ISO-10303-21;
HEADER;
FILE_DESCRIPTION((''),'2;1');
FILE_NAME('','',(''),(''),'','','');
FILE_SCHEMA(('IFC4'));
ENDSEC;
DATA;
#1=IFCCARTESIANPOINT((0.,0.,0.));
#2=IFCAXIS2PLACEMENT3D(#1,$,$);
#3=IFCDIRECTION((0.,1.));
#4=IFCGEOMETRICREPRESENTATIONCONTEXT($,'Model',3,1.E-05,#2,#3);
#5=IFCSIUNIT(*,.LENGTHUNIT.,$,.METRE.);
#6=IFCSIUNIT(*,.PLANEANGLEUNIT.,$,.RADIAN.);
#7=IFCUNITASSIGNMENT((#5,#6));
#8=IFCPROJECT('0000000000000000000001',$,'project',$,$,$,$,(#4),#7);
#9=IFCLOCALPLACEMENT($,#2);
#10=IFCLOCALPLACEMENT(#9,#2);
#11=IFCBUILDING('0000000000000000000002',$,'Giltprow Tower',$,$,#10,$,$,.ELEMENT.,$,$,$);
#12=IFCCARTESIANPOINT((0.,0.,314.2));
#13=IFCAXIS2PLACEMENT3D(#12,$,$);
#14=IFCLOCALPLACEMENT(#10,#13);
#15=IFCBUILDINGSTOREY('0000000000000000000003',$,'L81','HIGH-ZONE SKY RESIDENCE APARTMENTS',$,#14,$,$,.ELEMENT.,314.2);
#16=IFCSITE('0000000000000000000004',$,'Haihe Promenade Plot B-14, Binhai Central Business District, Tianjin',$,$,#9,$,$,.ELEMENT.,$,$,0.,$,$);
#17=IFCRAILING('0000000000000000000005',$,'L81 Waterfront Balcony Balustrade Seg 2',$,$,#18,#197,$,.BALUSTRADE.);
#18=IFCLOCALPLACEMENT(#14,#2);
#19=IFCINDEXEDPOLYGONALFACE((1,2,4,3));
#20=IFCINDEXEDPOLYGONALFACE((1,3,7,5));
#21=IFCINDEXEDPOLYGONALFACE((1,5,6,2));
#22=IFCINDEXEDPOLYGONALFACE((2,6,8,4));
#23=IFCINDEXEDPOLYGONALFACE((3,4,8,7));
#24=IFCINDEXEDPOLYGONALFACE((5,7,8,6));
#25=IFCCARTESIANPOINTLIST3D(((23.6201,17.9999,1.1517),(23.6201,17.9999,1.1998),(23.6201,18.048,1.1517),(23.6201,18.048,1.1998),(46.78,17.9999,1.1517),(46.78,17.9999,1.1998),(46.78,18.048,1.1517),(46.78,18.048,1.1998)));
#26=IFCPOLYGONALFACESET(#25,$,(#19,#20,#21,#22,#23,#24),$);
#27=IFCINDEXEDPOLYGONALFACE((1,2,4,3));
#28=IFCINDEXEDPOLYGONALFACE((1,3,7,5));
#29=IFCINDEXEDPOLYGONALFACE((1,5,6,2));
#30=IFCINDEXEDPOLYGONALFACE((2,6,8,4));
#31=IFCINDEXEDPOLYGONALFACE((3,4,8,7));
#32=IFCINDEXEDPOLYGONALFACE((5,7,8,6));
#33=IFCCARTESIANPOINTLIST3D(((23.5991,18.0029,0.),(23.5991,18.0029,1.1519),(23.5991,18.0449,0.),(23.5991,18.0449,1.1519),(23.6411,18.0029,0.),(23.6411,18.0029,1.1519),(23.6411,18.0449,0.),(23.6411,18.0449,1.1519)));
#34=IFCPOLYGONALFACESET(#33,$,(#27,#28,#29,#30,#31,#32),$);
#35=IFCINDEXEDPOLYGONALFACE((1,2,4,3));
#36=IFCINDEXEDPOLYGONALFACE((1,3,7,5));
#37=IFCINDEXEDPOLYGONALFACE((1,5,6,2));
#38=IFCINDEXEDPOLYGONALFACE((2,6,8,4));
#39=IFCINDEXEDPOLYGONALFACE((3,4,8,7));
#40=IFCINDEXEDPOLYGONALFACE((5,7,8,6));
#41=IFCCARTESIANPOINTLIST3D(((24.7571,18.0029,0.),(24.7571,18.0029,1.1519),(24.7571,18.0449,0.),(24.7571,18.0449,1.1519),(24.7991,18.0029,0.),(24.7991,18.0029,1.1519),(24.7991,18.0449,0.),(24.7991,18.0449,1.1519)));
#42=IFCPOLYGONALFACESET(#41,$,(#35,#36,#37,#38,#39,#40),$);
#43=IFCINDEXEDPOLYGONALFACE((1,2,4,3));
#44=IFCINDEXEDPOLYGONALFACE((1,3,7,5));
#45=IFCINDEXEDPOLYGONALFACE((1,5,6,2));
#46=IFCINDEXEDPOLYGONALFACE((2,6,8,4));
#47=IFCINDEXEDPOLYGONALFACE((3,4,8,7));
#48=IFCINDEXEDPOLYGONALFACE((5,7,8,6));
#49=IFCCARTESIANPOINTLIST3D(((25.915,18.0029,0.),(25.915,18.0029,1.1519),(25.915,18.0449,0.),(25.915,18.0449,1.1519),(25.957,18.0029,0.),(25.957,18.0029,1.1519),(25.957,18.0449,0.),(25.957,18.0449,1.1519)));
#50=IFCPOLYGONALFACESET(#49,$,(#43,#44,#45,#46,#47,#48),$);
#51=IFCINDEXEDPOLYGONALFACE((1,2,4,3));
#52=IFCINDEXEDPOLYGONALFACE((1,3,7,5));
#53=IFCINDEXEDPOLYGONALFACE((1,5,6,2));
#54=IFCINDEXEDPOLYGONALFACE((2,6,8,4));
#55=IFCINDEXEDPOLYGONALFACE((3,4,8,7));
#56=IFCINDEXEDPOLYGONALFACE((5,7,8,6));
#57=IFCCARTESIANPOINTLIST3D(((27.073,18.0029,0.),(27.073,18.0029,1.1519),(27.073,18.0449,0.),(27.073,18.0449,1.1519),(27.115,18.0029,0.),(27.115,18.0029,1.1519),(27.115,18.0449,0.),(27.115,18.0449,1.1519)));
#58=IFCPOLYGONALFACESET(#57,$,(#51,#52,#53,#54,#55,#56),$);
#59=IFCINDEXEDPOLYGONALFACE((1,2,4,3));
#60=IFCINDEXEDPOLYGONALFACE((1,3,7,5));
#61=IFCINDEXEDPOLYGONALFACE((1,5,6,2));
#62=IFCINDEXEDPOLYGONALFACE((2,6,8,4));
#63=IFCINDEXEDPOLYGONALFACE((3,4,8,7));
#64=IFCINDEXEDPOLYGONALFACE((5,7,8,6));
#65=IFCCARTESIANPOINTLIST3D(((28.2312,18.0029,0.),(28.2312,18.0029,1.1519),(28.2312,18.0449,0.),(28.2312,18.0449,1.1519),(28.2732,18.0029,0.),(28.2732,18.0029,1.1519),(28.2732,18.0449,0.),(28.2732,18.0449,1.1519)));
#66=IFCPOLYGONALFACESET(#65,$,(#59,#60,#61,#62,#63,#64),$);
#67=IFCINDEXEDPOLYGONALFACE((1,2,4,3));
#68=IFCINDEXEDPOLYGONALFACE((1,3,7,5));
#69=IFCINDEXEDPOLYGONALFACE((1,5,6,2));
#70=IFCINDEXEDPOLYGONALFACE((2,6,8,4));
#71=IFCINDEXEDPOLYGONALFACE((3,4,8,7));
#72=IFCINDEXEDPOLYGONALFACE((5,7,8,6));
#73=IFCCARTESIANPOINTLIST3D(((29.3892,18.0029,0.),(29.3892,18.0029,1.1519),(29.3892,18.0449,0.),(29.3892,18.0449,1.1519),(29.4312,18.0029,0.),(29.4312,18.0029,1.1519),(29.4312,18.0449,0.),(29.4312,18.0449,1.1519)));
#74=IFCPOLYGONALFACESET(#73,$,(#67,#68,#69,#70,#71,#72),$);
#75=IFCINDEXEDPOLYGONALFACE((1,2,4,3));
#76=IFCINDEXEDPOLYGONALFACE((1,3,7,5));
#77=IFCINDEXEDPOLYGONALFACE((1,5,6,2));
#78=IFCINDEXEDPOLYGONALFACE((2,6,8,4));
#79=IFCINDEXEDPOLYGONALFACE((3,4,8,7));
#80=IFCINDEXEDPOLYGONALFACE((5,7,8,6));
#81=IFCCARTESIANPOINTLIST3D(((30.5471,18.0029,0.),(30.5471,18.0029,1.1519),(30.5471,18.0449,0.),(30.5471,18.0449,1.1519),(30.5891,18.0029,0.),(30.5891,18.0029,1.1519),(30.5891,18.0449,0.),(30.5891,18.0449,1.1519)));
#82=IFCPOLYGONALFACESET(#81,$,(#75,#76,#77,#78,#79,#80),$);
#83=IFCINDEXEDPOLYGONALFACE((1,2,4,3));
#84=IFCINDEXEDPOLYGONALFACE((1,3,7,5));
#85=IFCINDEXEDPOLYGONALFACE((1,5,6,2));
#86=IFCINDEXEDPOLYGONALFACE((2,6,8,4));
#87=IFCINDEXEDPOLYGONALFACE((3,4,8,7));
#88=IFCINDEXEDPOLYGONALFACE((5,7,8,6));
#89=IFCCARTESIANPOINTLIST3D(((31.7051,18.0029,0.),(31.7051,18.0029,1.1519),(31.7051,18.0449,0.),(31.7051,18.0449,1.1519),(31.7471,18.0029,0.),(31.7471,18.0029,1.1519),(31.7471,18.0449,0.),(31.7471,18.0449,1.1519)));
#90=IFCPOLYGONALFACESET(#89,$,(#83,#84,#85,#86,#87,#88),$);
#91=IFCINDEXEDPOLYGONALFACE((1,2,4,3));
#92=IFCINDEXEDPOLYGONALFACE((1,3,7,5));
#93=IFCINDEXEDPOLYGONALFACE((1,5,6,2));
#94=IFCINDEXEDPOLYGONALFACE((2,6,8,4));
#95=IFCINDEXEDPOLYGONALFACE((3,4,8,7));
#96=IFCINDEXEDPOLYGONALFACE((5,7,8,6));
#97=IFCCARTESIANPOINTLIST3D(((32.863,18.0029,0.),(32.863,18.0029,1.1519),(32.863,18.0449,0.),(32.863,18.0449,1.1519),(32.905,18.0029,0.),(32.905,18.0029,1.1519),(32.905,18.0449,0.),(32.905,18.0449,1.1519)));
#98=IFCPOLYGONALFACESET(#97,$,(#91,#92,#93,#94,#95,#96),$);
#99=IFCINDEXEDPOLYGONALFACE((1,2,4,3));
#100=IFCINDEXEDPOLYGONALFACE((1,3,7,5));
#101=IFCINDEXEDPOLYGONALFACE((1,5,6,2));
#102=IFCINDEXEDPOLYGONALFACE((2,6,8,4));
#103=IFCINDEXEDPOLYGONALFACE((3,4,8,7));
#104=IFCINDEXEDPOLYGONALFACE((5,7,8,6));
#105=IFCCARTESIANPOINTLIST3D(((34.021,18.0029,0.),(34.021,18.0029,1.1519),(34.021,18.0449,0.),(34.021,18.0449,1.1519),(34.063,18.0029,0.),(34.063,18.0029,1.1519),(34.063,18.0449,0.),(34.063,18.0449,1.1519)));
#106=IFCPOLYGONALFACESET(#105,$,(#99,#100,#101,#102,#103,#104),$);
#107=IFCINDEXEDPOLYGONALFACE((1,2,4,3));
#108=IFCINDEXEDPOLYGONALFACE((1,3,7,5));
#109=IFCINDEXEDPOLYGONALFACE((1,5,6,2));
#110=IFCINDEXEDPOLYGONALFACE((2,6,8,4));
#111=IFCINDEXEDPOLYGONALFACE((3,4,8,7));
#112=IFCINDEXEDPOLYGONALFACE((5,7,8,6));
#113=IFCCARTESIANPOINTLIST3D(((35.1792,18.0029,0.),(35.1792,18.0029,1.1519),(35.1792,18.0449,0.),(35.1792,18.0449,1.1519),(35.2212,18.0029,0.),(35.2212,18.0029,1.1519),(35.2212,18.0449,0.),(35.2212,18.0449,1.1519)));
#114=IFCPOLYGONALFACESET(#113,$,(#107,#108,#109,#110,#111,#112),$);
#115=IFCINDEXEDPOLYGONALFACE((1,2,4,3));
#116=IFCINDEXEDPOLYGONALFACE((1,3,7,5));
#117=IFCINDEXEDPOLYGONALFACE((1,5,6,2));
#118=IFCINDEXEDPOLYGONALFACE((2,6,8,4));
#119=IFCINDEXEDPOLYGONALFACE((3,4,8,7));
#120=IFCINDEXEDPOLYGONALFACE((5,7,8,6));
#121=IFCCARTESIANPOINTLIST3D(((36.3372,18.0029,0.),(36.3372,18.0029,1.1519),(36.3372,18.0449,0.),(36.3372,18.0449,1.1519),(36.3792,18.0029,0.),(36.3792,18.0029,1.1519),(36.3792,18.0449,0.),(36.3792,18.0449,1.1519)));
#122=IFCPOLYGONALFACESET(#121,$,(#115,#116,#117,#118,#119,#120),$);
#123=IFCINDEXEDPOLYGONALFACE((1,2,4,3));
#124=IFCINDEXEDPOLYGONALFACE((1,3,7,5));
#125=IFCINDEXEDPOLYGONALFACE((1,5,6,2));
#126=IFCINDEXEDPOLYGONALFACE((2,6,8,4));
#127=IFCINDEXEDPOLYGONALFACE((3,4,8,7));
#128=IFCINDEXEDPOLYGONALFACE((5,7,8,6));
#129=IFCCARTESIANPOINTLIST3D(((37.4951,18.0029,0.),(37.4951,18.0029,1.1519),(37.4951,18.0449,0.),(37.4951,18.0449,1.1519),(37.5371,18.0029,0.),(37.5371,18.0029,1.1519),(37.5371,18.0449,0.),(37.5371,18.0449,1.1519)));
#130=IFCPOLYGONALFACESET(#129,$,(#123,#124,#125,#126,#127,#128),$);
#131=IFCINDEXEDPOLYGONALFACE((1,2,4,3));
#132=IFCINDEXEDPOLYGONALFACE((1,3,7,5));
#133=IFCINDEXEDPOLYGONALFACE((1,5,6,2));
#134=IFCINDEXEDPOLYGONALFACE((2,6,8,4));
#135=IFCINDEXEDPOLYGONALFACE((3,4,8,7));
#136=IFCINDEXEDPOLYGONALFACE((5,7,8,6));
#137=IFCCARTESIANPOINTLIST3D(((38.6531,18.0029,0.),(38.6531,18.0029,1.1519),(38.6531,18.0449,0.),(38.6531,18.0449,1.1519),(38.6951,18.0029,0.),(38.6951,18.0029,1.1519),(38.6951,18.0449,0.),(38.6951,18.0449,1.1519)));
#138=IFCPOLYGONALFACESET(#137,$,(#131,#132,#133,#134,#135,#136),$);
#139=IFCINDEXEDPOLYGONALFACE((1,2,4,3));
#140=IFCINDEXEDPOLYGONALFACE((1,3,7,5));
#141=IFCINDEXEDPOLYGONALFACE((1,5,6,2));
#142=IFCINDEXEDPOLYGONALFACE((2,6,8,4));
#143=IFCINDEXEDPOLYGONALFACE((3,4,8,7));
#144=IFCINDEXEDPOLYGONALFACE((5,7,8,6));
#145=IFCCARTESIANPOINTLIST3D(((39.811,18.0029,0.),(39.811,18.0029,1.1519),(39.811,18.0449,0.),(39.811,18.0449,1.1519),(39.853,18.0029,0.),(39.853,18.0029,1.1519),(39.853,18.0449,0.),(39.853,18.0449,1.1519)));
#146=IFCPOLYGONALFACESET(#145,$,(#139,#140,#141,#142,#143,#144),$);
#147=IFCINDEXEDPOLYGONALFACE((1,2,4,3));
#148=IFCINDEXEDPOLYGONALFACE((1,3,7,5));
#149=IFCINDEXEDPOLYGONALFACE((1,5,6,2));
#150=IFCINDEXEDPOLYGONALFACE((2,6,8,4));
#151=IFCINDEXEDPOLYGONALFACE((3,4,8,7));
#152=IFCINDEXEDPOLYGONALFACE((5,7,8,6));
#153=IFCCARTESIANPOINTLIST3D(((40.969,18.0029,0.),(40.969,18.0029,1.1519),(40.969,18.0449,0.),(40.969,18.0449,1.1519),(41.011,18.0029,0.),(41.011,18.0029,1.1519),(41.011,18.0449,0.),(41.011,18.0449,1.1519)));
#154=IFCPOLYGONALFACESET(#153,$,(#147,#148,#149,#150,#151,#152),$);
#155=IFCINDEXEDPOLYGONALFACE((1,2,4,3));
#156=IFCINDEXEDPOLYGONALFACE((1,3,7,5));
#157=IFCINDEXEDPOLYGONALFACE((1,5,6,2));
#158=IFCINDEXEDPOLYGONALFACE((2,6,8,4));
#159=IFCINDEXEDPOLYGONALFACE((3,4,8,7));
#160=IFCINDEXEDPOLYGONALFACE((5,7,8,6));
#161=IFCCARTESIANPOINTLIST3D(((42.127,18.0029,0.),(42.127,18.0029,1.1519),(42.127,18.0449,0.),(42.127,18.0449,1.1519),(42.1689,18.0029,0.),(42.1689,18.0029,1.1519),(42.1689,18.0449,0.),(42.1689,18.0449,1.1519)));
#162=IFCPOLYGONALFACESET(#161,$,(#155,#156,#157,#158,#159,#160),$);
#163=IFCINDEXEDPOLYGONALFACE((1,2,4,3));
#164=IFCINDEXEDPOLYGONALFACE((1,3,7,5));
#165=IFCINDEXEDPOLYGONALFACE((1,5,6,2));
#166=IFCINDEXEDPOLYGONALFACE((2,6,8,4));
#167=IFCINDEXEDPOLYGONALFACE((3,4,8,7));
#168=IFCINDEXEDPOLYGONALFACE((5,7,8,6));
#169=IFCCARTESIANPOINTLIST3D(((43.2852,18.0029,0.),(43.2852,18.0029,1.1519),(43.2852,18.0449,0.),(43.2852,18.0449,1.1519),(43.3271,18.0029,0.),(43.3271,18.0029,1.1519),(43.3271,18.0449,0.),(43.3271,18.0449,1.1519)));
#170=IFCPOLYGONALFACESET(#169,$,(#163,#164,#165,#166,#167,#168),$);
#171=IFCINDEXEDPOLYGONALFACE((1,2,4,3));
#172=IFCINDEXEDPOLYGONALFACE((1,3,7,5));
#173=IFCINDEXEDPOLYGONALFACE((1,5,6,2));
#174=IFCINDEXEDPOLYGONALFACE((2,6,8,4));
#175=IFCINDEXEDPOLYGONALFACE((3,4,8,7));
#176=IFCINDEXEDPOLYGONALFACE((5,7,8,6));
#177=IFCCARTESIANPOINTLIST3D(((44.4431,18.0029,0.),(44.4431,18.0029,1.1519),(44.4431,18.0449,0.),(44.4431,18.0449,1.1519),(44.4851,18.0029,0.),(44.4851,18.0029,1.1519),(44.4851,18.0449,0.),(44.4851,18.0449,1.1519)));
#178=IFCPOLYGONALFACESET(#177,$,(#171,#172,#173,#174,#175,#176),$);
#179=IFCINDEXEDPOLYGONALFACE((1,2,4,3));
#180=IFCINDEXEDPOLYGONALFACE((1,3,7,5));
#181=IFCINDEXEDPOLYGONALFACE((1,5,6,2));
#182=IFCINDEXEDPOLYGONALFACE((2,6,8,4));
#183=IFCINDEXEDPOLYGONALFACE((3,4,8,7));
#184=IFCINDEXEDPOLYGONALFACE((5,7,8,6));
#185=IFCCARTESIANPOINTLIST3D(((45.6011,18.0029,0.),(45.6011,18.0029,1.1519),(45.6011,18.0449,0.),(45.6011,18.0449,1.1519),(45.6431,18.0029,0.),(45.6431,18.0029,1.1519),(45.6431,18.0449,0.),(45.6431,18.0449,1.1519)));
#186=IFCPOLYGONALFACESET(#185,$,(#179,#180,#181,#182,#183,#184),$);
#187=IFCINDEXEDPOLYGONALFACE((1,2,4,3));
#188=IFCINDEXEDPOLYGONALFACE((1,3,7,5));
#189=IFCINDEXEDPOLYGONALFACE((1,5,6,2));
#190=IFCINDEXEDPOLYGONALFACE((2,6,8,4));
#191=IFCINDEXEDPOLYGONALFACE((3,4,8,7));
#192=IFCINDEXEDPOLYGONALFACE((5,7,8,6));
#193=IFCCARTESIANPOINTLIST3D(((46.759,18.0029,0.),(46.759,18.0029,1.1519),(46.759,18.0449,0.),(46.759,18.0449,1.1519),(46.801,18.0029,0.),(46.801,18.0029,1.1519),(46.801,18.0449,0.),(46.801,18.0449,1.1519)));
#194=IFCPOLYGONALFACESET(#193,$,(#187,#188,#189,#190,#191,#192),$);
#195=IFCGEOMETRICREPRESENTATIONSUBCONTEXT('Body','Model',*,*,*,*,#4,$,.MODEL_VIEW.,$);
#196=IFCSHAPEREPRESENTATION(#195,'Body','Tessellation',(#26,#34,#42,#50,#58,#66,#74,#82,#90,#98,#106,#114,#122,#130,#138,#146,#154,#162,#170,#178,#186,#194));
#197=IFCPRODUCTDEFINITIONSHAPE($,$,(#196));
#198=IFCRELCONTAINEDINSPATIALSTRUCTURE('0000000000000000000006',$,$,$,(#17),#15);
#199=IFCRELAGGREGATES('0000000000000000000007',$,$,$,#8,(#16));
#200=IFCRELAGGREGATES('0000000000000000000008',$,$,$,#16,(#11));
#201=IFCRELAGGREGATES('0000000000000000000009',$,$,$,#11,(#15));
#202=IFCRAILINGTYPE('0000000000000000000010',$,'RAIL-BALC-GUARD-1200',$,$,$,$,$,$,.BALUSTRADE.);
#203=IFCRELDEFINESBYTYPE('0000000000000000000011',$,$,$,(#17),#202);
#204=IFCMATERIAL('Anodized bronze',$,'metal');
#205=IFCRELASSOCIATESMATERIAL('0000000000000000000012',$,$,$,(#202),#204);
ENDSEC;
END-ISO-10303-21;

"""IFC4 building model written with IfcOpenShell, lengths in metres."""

from ifc_helpers import new_model, si_unit, direction, frame, origin, origin_2d, place, context, subcontext, project, spatial, rectangle, extrude, material, type_object, element, save


model = new_model("IFC4")

# Units and contexts
model_context = context("Model", 3, precision=1e-05, world=origin(), true_north=direction((0.0, 1.0)))
body_context = subcontext(model_context, "Body", "Model", "MODEL_VIEW")
ifc_project = project(units=[si_unit("LENGTHUNIT", "METRE"), si_unit("PLANEANGLEUNIT", "RADIAN")], contexts=[model_context])

# Site, building, storey
site_placement = place(None, origin())
site = spatial("IfcSite", under=ifc_project, at=site_placement, Name="Haihe Promenade Plot B-14, Binhai Central Business District, Tianjin", CompositionType="ELEMENT", RefElevation=0.0)
building_placement = place(site_placement, origin())
building = spatial("IfcBuilding", under=site, at=building_placement, Name="Giltprow Tower", CompositionType="ELEMENT")
storey_placement = place(building_placement, frame((0.0, 0.0, 314.2)))
storey = spatial("IfcBuildingStorey", under=building, at=storey_placement, Name="L81", Description="HIGH-ZONE SKY RESIDENCE APARTMENTS", CompositionType="ELEMENT", Elevation=314.2)

# Shared definitions
ifc_material_1 = material(Name="Anodized bronze", Category="metal")

# Railing
railing_type = type_object("IfcRailingType", Name="RAIL-BALC-GUARD-1200", PredefinedType="BALUSTRADE", material=ifc_material_1)
railing_1_placement = place(storey_placement, frame((23.6201, 18.0239, 0.0)))
element("IfcRailing", 1, at=railing_1_placement, inside=storey, type_object=railing_type, Name="L81 Waterfront Balcony Balustrade Seg 2", PredefinedType="BALUSTRADE", context=body_context, shape_type="SweptSolid", body=[
    extrude(rectangle(XDim=0.0481, YDim=0.0481, at=origin_2d()), frame((0.0, 0.0, 1.1758), z_axis=(1.0, 0.0, 0.0), x_axis=(0.0, 1.0, 0.0)), (0.0, 0.0, 1.0), 23.1599),
    extrude(rectangle(XDim=0.042, YDim=0.042, at=origin_2d()), origin(), (0.0, 0.0, 1.0), 1.1519),
    extrude(rectangle(XDim=0.042, YDim=0.042, at=origin_2d()), frame((1.158, 0.0, 0.0)), (0.0, 0.0, 1.0), 1.1519),
    extrude(rectangle(XDim=0.042, YDim=0.042, at=origin_2d()), frame((2.3159, 0.0, 0.0)), (0.0, 0.0, 1.0), 1.1519),
    extrude(rectangle(XDim=0.042, YDim=0.042, at=origin_2d()), frame((3.4739, 0.0, 0.0)), (0.0, 0.0, 1.0), 1.1519),
    extrude(rectangle(XDim=0.042, YDim=0.042, at=origin_2d()), frame((4.6321, 0.0, 0.0)), (0.0, 0.0, 1.0), 1.1519),
    extrude(rectangle(XDim=0.042, YDim=0.042, at=origin_2d()), frame((5.79, 0.0, 0.0)), (0.0, 0.0, 1.0), 1.1519),
    extrude(rectangle(XDim=0.042, YDim=0.042, at=origin_2d()), frame((6.948, 0.0, 0.0)), (0.0, 0.0, 1.0), 1.1519),
    extrude(rectangle(XDim=0.042, YDim=0.042, at=origin_2d()), frame((8.106, 0.0, 0.0)), (0.0, 0.0, 1.0), 1.1519),
    extrude(rectangle(XDim=0.042, YDim=0.042, at=origin_2d()), frame((9.2639, 0.0, 0.0)), (0.0, 0.0, 1.0), 1.1519),
    extrude(rectangle(XDim=0.042, YDim=0.042, at=origin_2d()), frame((10.4219, 0.0, 0.0)), (0.0, 0.0, 1.0), 1.1519),
    extrude(rectangle(XDim=0.042, YDim=0.042, at=origin_2d()), frame((11.5801, 0.0, 0.0)), (0.0, 0.0, 1.0), 1.1519),
    extrude(rectangle(XDim=0.042, YDim=0.042, at=origin_2d()), frame((12.738, 0.0, 0.0)), (0.0, 0.0, 1.0), 1.1519),
    extrude(rectangle(XDim=0.042, YDim=0.042, at=origin_2d()), frame((13.896, 0.0, 0.0)), (0.0, 0.0, 1.0), 1.1519),
    extrude(rectangle(XDim=0.042, YDim=0.042, at=origin_2d()), frame((15.054, 0.0, 0.0)), (0.0, 0.0, 1.0), 1.1519),
    extrude(rectangle(XDim=0.042, YDim=0.042, at=origin_2d()), frame((16.2119, 0.0, 0.0)), (0.0, 0.0, 1.0), 1.1519),
    extrude(rectangle(XDim=0.042, YDim=0.042, at=origin_2d()), frame((17.3699, 0.0, 0.0)), (0.0, 0.0, 1.0), 1.1519),
    extrude(rectangle(XDim=0.042, YDim=0.042, at=origin_2d()), frame((18.5278, 0.0, 0.0)), (0.0, 0.0, 1.0), 1.1519),
    extrude(rectangle(XDim=0.042, YDim=0.042, at=origin_2d()), frame((19.686, 0.0, 0.0)), (0.0, 0.0, 1.0), 1.1519),
    extrude(rectangle(XDim=0.042, YDim=0.042, at=origin_2d()), frame((20.844, 0.0, 0.0)), (0.0, 0.0, 1.0), 1.1519),
    extrude(rectangle(XDim=0.042, YDim=0.042, at=origin_2d()), frame((22.002, 0.0, 0.0)), (0.0, 0.0, 1.0), 1.1519),
    extrude(rectangle(XDim=0.042, YDim=0.042, at=origin_2d()), frame((23.1599, 0.0, 0.0)), (0.0, 0.0, 1.0), 1.1519),
])

save(model, "model.ifc")
